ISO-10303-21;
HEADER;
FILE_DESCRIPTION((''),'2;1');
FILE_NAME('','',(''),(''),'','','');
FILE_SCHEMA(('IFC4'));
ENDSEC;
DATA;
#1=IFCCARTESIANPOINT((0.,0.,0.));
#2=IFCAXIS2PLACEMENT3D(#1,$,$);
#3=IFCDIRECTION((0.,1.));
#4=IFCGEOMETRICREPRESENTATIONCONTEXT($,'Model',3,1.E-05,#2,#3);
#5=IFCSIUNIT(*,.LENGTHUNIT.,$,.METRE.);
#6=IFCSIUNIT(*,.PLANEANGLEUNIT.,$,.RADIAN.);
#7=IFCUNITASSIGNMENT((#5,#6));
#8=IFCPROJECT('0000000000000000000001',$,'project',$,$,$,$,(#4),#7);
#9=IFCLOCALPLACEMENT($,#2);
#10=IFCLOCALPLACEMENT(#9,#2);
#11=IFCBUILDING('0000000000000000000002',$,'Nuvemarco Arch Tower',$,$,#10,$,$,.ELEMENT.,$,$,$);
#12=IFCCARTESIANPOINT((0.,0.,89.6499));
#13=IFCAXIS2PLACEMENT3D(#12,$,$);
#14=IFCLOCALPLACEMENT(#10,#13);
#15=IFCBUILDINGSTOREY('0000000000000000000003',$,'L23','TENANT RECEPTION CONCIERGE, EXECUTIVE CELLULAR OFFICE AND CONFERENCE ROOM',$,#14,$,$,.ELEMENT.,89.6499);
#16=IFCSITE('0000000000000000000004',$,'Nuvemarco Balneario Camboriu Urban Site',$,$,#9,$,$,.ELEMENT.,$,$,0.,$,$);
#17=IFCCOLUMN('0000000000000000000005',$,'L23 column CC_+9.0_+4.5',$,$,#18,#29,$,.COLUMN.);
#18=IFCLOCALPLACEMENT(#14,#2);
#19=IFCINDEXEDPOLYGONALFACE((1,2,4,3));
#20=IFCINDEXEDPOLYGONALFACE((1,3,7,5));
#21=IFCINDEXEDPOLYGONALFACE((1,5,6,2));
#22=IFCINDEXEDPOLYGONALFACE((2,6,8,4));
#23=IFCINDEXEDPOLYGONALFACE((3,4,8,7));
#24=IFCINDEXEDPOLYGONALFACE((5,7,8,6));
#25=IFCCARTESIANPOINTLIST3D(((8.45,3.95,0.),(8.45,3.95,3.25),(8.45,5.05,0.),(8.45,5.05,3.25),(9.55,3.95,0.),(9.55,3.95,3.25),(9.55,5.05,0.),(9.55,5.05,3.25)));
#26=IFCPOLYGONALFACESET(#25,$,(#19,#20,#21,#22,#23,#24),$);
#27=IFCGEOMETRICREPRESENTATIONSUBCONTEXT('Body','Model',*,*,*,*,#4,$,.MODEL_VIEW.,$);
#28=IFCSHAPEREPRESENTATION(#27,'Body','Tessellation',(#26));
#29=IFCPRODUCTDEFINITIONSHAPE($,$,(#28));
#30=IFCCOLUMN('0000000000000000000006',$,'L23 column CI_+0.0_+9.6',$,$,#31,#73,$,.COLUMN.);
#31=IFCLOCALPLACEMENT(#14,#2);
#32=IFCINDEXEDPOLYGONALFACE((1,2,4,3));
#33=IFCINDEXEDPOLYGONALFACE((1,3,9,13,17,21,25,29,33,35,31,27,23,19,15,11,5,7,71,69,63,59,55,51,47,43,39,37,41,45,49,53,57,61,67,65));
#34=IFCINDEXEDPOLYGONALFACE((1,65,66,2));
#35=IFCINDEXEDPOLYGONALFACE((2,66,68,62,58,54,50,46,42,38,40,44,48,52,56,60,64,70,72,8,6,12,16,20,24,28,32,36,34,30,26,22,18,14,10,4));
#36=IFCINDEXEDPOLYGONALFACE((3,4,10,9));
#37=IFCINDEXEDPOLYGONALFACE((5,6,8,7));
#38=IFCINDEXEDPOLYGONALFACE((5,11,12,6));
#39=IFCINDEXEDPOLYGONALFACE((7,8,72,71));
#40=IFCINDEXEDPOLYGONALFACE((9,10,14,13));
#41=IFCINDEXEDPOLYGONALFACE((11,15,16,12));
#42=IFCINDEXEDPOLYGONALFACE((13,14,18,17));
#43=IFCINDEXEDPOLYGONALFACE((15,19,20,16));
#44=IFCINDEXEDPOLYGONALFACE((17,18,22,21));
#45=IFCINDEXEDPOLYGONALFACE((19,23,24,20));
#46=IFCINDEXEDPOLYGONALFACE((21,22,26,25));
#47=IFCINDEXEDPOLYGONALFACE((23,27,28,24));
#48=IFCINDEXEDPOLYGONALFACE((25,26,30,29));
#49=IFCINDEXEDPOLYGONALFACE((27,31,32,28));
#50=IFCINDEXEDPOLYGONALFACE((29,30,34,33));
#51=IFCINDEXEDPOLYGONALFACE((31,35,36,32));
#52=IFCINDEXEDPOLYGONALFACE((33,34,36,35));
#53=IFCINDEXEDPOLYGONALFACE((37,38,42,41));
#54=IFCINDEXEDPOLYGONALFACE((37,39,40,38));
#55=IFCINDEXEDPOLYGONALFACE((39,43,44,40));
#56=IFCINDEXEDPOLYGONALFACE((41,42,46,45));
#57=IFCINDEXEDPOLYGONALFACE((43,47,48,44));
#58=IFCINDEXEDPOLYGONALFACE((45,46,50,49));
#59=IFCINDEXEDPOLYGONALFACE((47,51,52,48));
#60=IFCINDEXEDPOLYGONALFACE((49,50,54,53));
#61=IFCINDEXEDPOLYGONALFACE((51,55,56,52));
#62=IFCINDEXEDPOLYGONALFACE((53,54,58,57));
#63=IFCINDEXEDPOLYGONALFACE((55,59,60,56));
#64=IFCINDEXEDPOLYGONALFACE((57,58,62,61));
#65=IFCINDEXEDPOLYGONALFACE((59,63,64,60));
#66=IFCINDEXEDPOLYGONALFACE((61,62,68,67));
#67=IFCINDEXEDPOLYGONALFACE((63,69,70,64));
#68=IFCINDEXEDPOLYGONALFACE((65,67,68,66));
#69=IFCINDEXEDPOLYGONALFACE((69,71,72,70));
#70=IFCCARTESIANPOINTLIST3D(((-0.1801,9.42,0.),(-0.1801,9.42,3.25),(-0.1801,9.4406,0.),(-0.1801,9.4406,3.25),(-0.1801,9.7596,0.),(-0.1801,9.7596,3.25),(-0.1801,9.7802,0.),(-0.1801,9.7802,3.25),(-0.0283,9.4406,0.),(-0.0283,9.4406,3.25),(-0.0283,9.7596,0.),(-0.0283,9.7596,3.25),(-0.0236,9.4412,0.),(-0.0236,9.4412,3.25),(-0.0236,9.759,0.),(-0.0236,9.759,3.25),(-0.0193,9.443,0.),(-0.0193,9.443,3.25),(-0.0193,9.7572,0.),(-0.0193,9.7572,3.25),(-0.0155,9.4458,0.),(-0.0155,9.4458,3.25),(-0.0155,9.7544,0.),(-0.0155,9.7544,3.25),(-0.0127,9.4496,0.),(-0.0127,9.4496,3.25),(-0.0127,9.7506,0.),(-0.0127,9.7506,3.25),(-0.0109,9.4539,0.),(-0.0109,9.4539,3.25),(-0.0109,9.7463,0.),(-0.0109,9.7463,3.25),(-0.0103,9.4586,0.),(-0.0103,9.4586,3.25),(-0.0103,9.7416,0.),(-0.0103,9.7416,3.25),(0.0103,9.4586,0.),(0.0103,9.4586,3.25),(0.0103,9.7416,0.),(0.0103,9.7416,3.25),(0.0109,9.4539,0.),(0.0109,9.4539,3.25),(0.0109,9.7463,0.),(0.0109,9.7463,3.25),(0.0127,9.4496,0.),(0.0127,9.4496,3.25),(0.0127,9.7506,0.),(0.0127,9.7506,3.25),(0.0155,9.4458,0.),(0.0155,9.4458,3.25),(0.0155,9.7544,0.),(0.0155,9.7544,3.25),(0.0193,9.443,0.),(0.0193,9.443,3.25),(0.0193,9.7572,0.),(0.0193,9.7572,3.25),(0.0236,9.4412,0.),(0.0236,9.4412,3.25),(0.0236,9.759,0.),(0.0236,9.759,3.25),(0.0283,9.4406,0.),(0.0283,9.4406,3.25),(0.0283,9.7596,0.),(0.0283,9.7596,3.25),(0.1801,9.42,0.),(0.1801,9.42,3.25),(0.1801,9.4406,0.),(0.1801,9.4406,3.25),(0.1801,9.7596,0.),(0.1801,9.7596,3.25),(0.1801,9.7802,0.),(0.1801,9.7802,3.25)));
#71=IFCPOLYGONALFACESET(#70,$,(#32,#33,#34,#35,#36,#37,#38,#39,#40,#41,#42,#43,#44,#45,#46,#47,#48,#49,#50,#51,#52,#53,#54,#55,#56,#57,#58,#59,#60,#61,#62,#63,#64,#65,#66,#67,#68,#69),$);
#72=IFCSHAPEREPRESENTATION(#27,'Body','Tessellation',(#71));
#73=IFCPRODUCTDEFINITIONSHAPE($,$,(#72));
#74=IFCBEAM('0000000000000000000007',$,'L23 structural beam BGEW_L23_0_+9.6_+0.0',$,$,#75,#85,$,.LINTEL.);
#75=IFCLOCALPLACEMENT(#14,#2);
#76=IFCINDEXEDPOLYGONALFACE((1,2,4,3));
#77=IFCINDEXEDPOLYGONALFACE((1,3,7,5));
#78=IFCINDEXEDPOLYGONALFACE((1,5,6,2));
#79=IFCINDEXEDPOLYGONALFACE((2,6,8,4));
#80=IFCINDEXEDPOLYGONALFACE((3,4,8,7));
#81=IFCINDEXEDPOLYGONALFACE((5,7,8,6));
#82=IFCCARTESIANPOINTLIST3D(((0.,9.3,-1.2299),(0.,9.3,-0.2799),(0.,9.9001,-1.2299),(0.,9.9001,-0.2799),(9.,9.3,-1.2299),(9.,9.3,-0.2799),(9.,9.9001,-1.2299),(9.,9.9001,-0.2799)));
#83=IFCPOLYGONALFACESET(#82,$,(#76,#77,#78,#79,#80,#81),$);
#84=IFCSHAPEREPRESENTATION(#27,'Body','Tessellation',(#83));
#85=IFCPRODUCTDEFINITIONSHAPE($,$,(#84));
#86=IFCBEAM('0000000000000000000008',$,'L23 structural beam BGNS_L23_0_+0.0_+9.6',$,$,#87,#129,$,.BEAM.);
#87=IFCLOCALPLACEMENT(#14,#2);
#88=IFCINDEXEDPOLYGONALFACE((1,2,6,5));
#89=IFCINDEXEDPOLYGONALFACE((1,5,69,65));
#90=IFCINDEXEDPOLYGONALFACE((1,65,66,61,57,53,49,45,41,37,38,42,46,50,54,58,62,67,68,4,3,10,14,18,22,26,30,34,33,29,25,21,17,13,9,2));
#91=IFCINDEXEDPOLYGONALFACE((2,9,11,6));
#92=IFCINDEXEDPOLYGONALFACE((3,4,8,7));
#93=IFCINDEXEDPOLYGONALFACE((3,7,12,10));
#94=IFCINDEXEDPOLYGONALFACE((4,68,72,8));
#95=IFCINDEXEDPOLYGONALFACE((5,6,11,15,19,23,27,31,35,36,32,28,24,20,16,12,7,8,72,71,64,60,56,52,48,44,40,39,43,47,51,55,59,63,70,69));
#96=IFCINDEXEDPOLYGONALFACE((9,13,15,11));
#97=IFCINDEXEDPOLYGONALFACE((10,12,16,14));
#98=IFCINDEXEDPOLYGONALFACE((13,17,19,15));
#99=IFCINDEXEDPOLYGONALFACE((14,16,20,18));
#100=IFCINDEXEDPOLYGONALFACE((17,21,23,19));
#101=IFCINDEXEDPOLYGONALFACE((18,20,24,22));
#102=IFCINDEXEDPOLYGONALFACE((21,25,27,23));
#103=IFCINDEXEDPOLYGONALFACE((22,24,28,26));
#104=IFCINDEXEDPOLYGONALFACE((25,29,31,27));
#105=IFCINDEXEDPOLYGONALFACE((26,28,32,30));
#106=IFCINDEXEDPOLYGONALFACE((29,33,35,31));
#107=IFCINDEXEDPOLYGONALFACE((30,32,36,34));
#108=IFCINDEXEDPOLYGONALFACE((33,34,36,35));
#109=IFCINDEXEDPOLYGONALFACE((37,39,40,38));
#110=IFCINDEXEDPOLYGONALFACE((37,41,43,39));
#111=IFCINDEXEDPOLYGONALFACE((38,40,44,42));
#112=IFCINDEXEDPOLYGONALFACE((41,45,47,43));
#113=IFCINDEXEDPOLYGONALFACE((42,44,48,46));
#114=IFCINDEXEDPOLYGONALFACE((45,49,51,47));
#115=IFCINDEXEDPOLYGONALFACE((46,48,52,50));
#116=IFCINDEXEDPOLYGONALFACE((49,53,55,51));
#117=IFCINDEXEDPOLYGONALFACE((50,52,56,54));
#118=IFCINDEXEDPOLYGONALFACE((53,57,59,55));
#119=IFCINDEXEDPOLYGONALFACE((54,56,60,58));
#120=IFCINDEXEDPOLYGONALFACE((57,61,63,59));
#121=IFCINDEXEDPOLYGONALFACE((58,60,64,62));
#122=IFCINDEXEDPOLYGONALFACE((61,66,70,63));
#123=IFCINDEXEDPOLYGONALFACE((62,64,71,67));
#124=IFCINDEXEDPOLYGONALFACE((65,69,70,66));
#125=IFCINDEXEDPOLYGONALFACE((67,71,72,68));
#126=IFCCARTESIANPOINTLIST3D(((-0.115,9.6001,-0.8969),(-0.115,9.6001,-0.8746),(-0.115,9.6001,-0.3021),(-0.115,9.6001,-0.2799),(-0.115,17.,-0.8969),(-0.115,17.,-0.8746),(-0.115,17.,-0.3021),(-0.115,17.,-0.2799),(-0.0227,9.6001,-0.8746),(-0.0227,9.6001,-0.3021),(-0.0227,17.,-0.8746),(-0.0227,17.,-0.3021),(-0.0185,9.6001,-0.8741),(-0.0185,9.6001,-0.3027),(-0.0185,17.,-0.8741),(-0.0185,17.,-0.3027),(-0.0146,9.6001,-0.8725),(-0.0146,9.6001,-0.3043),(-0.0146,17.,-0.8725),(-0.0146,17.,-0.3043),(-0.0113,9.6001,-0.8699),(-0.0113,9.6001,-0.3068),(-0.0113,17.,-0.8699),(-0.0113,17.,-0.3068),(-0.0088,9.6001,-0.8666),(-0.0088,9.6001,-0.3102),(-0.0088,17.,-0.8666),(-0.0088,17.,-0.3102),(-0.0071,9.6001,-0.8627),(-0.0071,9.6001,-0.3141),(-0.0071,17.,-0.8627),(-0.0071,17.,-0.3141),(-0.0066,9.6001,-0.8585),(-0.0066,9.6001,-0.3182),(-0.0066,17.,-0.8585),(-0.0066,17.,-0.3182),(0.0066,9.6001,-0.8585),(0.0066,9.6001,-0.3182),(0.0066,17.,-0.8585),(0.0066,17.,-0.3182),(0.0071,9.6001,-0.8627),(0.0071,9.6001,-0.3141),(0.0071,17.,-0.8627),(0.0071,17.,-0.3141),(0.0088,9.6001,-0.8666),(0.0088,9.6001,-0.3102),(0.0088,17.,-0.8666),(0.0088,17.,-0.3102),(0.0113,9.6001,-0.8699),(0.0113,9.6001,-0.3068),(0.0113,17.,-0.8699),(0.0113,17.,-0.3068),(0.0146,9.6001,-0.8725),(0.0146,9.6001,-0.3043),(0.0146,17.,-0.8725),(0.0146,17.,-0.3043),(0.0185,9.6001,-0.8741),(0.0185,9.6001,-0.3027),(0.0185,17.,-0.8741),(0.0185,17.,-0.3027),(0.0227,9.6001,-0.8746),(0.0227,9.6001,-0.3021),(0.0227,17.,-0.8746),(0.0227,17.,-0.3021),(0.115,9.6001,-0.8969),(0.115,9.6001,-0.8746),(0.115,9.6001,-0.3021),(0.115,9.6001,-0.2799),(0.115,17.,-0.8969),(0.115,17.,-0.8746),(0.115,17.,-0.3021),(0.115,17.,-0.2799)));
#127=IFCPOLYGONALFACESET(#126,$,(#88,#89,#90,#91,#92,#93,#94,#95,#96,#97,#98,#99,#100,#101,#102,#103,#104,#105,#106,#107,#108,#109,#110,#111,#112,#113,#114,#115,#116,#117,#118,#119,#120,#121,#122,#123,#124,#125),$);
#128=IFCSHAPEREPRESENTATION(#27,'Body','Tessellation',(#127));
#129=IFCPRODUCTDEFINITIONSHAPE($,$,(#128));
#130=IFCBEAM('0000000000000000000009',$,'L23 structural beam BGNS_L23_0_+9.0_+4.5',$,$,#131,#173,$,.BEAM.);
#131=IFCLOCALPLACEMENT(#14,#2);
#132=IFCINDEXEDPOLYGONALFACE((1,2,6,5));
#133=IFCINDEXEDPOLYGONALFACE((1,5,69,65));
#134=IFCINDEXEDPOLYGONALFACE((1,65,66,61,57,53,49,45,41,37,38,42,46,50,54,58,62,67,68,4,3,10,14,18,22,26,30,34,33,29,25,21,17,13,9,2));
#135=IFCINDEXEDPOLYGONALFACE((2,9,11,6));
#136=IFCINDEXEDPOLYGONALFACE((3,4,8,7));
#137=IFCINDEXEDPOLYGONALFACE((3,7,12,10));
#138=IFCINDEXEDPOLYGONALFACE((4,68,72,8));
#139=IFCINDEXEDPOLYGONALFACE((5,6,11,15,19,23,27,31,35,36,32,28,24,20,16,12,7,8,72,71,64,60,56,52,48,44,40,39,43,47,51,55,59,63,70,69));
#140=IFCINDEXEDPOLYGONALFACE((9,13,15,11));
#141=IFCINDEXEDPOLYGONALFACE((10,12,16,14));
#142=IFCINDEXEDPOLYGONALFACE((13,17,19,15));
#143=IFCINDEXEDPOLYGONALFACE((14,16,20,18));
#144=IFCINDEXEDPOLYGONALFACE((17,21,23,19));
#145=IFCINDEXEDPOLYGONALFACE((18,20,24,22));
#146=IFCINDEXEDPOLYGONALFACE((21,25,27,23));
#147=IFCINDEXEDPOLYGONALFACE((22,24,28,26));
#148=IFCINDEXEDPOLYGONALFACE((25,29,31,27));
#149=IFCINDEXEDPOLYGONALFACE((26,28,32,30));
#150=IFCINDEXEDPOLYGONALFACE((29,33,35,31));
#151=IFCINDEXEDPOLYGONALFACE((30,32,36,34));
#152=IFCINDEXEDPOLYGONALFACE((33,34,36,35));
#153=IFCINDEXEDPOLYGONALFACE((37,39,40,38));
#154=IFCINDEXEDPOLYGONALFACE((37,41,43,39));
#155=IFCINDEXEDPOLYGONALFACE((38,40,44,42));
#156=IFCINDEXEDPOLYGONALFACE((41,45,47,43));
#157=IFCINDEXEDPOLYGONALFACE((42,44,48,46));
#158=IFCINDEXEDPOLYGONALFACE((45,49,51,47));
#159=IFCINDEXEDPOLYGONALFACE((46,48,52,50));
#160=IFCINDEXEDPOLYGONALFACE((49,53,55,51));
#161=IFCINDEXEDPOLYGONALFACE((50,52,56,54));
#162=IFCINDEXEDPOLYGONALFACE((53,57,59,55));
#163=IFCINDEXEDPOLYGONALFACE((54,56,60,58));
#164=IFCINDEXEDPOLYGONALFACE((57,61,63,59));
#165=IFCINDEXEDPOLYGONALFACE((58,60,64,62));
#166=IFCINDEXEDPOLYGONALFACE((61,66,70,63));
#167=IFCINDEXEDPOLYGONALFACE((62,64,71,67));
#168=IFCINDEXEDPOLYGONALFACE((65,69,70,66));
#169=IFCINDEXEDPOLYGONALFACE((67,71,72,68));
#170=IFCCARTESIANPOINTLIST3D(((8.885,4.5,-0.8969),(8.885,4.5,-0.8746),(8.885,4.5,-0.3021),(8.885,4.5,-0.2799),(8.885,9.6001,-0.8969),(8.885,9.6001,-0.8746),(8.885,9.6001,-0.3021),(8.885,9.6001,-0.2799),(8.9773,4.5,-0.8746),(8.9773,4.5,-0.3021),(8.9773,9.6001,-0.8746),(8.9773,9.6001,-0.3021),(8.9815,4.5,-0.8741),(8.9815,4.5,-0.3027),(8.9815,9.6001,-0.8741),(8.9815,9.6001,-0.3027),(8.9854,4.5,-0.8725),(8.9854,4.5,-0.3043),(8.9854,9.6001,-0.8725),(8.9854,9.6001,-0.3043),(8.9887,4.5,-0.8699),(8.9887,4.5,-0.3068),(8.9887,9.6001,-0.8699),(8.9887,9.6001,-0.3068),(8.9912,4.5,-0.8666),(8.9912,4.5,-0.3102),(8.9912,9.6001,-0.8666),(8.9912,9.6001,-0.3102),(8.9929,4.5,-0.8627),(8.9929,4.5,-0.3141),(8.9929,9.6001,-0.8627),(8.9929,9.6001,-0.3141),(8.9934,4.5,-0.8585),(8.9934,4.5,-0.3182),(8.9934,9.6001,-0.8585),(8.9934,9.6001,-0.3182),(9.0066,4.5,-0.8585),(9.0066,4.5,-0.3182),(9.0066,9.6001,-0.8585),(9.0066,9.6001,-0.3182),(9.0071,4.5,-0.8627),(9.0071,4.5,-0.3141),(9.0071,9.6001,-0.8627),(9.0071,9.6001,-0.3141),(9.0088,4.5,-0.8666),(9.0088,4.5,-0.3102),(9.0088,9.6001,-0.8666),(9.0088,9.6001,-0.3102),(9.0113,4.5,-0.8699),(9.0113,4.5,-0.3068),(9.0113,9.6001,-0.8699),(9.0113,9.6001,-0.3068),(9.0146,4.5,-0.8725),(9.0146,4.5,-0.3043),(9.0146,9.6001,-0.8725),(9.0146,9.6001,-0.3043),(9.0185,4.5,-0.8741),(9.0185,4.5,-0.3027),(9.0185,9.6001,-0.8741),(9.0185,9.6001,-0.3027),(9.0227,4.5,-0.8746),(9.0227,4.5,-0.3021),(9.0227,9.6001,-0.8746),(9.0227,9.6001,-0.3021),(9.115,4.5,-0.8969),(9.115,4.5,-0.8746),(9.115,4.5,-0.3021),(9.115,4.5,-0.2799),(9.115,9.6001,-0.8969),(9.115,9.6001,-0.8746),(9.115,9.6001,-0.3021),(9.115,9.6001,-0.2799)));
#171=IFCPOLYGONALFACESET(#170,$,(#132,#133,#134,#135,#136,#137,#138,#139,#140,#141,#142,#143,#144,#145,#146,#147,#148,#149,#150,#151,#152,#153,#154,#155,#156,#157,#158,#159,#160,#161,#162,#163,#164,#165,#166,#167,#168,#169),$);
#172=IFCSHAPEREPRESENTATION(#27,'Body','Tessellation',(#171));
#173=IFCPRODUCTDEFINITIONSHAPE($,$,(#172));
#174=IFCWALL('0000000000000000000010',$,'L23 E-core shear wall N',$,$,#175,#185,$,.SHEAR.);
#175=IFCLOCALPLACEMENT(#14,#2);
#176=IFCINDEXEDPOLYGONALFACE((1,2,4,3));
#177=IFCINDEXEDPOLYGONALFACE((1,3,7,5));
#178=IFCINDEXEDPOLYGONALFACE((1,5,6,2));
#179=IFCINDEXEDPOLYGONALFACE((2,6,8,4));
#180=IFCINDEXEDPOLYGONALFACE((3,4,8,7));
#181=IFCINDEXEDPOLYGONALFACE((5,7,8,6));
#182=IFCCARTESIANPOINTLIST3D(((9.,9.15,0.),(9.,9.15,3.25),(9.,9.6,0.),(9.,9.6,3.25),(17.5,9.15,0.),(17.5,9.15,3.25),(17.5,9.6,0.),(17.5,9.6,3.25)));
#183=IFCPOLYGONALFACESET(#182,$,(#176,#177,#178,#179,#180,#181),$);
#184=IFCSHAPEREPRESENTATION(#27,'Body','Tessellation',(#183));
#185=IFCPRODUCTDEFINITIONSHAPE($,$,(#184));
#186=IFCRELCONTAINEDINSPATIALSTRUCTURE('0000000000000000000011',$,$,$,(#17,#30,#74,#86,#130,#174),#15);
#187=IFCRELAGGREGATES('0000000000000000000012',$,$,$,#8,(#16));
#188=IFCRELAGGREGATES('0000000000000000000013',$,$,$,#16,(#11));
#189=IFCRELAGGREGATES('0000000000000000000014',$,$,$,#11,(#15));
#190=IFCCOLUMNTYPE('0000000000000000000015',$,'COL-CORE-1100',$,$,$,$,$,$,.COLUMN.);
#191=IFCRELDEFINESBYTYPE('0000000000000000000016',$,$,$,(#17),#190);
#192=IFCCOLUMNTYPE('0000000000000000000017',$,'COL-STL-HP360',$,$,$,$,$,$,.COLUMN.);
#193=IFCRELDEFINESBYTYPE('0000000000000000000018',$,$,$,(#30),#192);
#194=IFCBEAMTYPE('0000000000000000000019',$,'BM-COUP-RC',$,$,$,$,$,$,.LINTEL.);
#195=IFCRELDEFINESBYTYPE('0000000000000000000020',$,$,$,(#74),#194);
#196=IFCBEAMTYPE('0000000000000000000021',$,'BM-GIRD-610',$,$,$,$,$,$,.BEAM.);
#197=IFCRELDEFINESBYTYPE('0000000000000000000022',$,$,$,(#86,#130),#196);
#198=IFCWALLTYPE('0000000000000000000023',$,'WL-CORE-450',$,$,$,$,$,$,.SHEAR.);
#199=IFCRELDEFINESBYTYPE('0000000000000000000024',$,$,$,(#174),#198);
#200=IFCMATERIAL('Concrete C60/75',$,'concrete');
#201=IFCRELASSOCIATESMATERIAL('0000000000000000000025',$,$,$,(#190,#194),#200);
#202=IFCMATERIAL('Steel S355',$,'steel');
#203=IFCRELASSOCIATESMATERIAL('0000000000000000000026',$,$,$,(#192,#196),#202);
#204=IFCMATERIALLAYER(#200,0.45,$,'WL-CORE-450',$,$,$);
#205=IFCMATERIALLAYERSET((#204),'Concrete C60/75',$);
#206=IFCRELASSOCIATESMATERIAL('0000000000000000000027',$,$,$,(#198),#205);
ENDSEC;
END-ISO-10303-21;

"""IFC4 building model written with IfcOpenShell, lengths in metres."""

from ifc_helpers import new_model, si_unit, direction, frame, frame_2d, origin, origin_2d, place, context, subcontext, project, spatial, rectangle, i_section, extrude, material, layer, layer_set, material_profile, profile_set, type_object, element, save


model = new_model("IFC4")

# Units and contexts
model_context = context("Model", 3, precision=1e-05, world=origin(), true_north=direction((0.0, 1.0)))
body_context = subcontext(model_context, "Body", "Model", "MODEL_VIEW")
ifc_project = project(units=[si_unit("LENGTHUNIT", "METRE"), si_unit("PLANEANGLEUNIT", "RADIAN")], contexts=[model_context])

# Site, building, storey
site_placement = place(None, origin())
site = spatial("IfcSite", under=ifc_project, at=site_placement, Name="Nuvemarco Balneario Camboriu Urban Site", CompositionType="ELEMENT", RefElevation=0.0)
building_placement = place(site_placement, origin())
building = spatial("IfcBuilding", under=site, at=building_placement, Name="Nuvemarco Arch Tower", CompositionType="ELEMENT")
storey_placement = place(building_placement, frame((0.0, 0.0, 89.6499)))
storey = spatial("IfcBuildingStorey", under=building, at=storey_placement, Name="L23", Description="TENANT RECEPTION CONCIERGE, EXECUTIVE CELLULAR OFFICE AND CONFERENCE ROOM", CompositionType="ELEMENT", Elevation=89.6499)

# Columns
ifc_material_1 = material(Name="Concrete C60/75", Category="concrete")
ifc_material_profile_1 = material_profile(ifc_material_1, rectangle(XDim=1.1001, YDim=1.1001, at=origin_2d()), Name="RC-COL-1100x1100")
ifc_profile_set_1 = profile_set([ifc_material_profile_1], Name="Concrete C60/75")
column_type_1 = type_object("IfcColumnType", Name="COL-CORE-1100", PredefinedType="COLUMN", material=ifc_profile_set_1)
column_1_placement = place(storey_placement, frame((9.0, 4.5, 0.0), z_axis=(0.0, 0.0, 1.0), x_axis=(1.0, 0.0, 0.0)))
element("IfcColumn", 1, at=column_1_placement, inside=storey, type_object=column_type_1, Name="L23 column CC_+9.0_+4.5", PredefinedType="COLUMN", context=body_context, shape_type="SweptSolid", body=[
    extrude(rectangle(XDim=1.1001, YDim=1.1001, at=origin_2d()), origin(), (0.0, 0.0, 1.0), 3.25),
])
ifc_material_2 = material(Name="Steel S355", Category="steel")
ifc_material_profile_2 = material_profile(ifc_material_2, i_section(OverallWidth=0.3601, OverallDepth=0.3601, WebThickness=0.0205, FlangeThickness=0.0205, FilletRadius=0.0181, at=origin_2d()), Name="HP360x174")
ifc_profile_set_2 = profile_set([ifc_material_profile_2], Name="Steel S355")
column_type_2 = type_object("IfcColumnType", Name="COL-STL-HP360", PredefinedType="COLUMN", material=ifc_profile_set_2)
column_2_placement = place(storey_placement, frame((0.0, 9.6001, 0.0), z_axis=(0.0, 0.0, 1.0), x_axis=(1.0, 0.0, 0.0)))
element("IfcColumn", 2, at=column_2_placement, inside=storey, type_object=column_type_2, Name="L23 column CI_+0.0_+9.6", PredefinedType="COLUMN", context=body_context, shape_type="SweptSolid", body=[
    extrude(i_section(OverallWidth=0.3601, OverallDepth=0.3601, WebThickness=0.0205, FlangeThickness=0.0205, FilletRadius=0.0181, at=origin_2d()), origin(), (0.0, 0.0, 1.0), 3.25),
])

# Beams
ifc_material_profile_3 = material_profile(ifc_material_1, rectangle(XDim=0.6001, YDim=0.95, at=origin_2d()), Name="RC-BM-600x950")
ifc_profile_set_3 = profile_set([ifc_material_profile_3], Name="Concrete C60/75")
beam_type_1 = type_object("IfcBeamType", Name="BM-COUP-RC", PredefinedType="LINTEL", material=ifc_profile_set_3)
beam_1_placement = place(storey_placement, frame((0.0, 9.6001, -0.7549), z_axis=(1.0, 0.0, 0.0), x_axis=(0.0, 1.0, 0.0)))
element("IfcBeam", 3, at=beam_1_placement, inside=storey, type_object=beam_type_1, Name="L23 structural beam BGEW_L23_0_+9.6_+0.0", PredefinedType="LINTEL", context=body_context, shape_type="SweptSolid", body=[
    extrude(rectangle(XDim=0.6001, YDim=0.95, at=origin_2d()), origin(), (0.0, 0.0, 1.0), 9.0),
])
ifc_material_profile_4 = material_profile(ifc_material_2, i_section(OverallWidth=0.23, OverallDepth=0.6169, WebThickness=0.0132, FlangeThickness=0.0222, FilletRadius=0.0161, at=origin_2d()), Name="W610x140")
ifc_profile_set_4 = profile_set([ifc_material_profile_4], Name="Steel S355")
beam_type_2 = type_object("IfcBeamType", Name="BM-GIRD-610", PredefinedType="BEAM", material=ifc_profile_set_4)
beam_2_placement = place(storey_placement, frame((0.0, 9.6001, -0.5884), z_axis=(0.0, 1.0, 0.0), x_axis=(-1.0, 0.0, 0.0)))
element("IfcBeam", 4, at=beam_2_placement, inside=storey, type_object=beam_type_2, Name="L23 structural beam BGNS_L23_0_+0.0_+9.6", PredefinedType="BEAM", context=body_context, shape_type="SweptSolid", body=[
    extrude(i_section(OverallWidth=0.23, OverallDepth=0.6169, WebThickness=0.0132, FlangeThickness=0.0222, FilletRadius=0.0161, at=origin_2d()), origin(), (0.0, 0.0, 1.0), 7.3999),
])
beam_3_placement = place(storey_placement, frame((9.0, 4.5, -0.5884), z_axis=(0.0, 1.0, 0.0), x_axis=(-1.0, 0.0, 0.0)))
element("IfcBeam", 5, at=beam_3_placement, inside=storey, type_object=beam_type_2, Name="L23 structural beam BGNS_L23_0_+9.0_+4.5", PredefinedType="BEAM", context=body_context, shape_type="SweptSolid", body=[
    extrude(i_section(OverallWidth=0.23, OverallDepth=0.6169, WebThickness=0.0132, FlangeThickness=0.0222, FilletRadius=0.0161, at=origin_2d()), origin(), (0.0, 0.0, 1.0), 5.1001),
])

# Wall
ifc_layer_1 = layer(ifc_material_1, 0.45, Name="WL-CORE-450")
ifc_layer_set_1 = layer_set([ifc_layer_1], Name="Concrete C60/75")
wall_type_1 = type_object("IfcWallType", Name="WL-CORE-450", PredefinedType="SHEAR", material=ifc_layer_set_1)
wall_1_placement = place(storey_placement, frame((9.0, 9.375, 0.0), z_axis=(0.0, 0.0, 1.0), x_axis=(1.0, 0.0, 0.0)))
element("IfcWall", 6, at=wall_1_placement, inside=storey, type_object=wall_type_1, Name="L23 E-core shear wall N", PredefinedType="SHEAR", context=body_context, shape_type="SweptSolid", body=[
    extrude(rectangle(XDim=8.5, YDim=0.45, at=frame_2d((4.25, 0.0))), origin(), (0.0, 0.0, 1.0), 3.25),
])

save(model, "model.ifc")
